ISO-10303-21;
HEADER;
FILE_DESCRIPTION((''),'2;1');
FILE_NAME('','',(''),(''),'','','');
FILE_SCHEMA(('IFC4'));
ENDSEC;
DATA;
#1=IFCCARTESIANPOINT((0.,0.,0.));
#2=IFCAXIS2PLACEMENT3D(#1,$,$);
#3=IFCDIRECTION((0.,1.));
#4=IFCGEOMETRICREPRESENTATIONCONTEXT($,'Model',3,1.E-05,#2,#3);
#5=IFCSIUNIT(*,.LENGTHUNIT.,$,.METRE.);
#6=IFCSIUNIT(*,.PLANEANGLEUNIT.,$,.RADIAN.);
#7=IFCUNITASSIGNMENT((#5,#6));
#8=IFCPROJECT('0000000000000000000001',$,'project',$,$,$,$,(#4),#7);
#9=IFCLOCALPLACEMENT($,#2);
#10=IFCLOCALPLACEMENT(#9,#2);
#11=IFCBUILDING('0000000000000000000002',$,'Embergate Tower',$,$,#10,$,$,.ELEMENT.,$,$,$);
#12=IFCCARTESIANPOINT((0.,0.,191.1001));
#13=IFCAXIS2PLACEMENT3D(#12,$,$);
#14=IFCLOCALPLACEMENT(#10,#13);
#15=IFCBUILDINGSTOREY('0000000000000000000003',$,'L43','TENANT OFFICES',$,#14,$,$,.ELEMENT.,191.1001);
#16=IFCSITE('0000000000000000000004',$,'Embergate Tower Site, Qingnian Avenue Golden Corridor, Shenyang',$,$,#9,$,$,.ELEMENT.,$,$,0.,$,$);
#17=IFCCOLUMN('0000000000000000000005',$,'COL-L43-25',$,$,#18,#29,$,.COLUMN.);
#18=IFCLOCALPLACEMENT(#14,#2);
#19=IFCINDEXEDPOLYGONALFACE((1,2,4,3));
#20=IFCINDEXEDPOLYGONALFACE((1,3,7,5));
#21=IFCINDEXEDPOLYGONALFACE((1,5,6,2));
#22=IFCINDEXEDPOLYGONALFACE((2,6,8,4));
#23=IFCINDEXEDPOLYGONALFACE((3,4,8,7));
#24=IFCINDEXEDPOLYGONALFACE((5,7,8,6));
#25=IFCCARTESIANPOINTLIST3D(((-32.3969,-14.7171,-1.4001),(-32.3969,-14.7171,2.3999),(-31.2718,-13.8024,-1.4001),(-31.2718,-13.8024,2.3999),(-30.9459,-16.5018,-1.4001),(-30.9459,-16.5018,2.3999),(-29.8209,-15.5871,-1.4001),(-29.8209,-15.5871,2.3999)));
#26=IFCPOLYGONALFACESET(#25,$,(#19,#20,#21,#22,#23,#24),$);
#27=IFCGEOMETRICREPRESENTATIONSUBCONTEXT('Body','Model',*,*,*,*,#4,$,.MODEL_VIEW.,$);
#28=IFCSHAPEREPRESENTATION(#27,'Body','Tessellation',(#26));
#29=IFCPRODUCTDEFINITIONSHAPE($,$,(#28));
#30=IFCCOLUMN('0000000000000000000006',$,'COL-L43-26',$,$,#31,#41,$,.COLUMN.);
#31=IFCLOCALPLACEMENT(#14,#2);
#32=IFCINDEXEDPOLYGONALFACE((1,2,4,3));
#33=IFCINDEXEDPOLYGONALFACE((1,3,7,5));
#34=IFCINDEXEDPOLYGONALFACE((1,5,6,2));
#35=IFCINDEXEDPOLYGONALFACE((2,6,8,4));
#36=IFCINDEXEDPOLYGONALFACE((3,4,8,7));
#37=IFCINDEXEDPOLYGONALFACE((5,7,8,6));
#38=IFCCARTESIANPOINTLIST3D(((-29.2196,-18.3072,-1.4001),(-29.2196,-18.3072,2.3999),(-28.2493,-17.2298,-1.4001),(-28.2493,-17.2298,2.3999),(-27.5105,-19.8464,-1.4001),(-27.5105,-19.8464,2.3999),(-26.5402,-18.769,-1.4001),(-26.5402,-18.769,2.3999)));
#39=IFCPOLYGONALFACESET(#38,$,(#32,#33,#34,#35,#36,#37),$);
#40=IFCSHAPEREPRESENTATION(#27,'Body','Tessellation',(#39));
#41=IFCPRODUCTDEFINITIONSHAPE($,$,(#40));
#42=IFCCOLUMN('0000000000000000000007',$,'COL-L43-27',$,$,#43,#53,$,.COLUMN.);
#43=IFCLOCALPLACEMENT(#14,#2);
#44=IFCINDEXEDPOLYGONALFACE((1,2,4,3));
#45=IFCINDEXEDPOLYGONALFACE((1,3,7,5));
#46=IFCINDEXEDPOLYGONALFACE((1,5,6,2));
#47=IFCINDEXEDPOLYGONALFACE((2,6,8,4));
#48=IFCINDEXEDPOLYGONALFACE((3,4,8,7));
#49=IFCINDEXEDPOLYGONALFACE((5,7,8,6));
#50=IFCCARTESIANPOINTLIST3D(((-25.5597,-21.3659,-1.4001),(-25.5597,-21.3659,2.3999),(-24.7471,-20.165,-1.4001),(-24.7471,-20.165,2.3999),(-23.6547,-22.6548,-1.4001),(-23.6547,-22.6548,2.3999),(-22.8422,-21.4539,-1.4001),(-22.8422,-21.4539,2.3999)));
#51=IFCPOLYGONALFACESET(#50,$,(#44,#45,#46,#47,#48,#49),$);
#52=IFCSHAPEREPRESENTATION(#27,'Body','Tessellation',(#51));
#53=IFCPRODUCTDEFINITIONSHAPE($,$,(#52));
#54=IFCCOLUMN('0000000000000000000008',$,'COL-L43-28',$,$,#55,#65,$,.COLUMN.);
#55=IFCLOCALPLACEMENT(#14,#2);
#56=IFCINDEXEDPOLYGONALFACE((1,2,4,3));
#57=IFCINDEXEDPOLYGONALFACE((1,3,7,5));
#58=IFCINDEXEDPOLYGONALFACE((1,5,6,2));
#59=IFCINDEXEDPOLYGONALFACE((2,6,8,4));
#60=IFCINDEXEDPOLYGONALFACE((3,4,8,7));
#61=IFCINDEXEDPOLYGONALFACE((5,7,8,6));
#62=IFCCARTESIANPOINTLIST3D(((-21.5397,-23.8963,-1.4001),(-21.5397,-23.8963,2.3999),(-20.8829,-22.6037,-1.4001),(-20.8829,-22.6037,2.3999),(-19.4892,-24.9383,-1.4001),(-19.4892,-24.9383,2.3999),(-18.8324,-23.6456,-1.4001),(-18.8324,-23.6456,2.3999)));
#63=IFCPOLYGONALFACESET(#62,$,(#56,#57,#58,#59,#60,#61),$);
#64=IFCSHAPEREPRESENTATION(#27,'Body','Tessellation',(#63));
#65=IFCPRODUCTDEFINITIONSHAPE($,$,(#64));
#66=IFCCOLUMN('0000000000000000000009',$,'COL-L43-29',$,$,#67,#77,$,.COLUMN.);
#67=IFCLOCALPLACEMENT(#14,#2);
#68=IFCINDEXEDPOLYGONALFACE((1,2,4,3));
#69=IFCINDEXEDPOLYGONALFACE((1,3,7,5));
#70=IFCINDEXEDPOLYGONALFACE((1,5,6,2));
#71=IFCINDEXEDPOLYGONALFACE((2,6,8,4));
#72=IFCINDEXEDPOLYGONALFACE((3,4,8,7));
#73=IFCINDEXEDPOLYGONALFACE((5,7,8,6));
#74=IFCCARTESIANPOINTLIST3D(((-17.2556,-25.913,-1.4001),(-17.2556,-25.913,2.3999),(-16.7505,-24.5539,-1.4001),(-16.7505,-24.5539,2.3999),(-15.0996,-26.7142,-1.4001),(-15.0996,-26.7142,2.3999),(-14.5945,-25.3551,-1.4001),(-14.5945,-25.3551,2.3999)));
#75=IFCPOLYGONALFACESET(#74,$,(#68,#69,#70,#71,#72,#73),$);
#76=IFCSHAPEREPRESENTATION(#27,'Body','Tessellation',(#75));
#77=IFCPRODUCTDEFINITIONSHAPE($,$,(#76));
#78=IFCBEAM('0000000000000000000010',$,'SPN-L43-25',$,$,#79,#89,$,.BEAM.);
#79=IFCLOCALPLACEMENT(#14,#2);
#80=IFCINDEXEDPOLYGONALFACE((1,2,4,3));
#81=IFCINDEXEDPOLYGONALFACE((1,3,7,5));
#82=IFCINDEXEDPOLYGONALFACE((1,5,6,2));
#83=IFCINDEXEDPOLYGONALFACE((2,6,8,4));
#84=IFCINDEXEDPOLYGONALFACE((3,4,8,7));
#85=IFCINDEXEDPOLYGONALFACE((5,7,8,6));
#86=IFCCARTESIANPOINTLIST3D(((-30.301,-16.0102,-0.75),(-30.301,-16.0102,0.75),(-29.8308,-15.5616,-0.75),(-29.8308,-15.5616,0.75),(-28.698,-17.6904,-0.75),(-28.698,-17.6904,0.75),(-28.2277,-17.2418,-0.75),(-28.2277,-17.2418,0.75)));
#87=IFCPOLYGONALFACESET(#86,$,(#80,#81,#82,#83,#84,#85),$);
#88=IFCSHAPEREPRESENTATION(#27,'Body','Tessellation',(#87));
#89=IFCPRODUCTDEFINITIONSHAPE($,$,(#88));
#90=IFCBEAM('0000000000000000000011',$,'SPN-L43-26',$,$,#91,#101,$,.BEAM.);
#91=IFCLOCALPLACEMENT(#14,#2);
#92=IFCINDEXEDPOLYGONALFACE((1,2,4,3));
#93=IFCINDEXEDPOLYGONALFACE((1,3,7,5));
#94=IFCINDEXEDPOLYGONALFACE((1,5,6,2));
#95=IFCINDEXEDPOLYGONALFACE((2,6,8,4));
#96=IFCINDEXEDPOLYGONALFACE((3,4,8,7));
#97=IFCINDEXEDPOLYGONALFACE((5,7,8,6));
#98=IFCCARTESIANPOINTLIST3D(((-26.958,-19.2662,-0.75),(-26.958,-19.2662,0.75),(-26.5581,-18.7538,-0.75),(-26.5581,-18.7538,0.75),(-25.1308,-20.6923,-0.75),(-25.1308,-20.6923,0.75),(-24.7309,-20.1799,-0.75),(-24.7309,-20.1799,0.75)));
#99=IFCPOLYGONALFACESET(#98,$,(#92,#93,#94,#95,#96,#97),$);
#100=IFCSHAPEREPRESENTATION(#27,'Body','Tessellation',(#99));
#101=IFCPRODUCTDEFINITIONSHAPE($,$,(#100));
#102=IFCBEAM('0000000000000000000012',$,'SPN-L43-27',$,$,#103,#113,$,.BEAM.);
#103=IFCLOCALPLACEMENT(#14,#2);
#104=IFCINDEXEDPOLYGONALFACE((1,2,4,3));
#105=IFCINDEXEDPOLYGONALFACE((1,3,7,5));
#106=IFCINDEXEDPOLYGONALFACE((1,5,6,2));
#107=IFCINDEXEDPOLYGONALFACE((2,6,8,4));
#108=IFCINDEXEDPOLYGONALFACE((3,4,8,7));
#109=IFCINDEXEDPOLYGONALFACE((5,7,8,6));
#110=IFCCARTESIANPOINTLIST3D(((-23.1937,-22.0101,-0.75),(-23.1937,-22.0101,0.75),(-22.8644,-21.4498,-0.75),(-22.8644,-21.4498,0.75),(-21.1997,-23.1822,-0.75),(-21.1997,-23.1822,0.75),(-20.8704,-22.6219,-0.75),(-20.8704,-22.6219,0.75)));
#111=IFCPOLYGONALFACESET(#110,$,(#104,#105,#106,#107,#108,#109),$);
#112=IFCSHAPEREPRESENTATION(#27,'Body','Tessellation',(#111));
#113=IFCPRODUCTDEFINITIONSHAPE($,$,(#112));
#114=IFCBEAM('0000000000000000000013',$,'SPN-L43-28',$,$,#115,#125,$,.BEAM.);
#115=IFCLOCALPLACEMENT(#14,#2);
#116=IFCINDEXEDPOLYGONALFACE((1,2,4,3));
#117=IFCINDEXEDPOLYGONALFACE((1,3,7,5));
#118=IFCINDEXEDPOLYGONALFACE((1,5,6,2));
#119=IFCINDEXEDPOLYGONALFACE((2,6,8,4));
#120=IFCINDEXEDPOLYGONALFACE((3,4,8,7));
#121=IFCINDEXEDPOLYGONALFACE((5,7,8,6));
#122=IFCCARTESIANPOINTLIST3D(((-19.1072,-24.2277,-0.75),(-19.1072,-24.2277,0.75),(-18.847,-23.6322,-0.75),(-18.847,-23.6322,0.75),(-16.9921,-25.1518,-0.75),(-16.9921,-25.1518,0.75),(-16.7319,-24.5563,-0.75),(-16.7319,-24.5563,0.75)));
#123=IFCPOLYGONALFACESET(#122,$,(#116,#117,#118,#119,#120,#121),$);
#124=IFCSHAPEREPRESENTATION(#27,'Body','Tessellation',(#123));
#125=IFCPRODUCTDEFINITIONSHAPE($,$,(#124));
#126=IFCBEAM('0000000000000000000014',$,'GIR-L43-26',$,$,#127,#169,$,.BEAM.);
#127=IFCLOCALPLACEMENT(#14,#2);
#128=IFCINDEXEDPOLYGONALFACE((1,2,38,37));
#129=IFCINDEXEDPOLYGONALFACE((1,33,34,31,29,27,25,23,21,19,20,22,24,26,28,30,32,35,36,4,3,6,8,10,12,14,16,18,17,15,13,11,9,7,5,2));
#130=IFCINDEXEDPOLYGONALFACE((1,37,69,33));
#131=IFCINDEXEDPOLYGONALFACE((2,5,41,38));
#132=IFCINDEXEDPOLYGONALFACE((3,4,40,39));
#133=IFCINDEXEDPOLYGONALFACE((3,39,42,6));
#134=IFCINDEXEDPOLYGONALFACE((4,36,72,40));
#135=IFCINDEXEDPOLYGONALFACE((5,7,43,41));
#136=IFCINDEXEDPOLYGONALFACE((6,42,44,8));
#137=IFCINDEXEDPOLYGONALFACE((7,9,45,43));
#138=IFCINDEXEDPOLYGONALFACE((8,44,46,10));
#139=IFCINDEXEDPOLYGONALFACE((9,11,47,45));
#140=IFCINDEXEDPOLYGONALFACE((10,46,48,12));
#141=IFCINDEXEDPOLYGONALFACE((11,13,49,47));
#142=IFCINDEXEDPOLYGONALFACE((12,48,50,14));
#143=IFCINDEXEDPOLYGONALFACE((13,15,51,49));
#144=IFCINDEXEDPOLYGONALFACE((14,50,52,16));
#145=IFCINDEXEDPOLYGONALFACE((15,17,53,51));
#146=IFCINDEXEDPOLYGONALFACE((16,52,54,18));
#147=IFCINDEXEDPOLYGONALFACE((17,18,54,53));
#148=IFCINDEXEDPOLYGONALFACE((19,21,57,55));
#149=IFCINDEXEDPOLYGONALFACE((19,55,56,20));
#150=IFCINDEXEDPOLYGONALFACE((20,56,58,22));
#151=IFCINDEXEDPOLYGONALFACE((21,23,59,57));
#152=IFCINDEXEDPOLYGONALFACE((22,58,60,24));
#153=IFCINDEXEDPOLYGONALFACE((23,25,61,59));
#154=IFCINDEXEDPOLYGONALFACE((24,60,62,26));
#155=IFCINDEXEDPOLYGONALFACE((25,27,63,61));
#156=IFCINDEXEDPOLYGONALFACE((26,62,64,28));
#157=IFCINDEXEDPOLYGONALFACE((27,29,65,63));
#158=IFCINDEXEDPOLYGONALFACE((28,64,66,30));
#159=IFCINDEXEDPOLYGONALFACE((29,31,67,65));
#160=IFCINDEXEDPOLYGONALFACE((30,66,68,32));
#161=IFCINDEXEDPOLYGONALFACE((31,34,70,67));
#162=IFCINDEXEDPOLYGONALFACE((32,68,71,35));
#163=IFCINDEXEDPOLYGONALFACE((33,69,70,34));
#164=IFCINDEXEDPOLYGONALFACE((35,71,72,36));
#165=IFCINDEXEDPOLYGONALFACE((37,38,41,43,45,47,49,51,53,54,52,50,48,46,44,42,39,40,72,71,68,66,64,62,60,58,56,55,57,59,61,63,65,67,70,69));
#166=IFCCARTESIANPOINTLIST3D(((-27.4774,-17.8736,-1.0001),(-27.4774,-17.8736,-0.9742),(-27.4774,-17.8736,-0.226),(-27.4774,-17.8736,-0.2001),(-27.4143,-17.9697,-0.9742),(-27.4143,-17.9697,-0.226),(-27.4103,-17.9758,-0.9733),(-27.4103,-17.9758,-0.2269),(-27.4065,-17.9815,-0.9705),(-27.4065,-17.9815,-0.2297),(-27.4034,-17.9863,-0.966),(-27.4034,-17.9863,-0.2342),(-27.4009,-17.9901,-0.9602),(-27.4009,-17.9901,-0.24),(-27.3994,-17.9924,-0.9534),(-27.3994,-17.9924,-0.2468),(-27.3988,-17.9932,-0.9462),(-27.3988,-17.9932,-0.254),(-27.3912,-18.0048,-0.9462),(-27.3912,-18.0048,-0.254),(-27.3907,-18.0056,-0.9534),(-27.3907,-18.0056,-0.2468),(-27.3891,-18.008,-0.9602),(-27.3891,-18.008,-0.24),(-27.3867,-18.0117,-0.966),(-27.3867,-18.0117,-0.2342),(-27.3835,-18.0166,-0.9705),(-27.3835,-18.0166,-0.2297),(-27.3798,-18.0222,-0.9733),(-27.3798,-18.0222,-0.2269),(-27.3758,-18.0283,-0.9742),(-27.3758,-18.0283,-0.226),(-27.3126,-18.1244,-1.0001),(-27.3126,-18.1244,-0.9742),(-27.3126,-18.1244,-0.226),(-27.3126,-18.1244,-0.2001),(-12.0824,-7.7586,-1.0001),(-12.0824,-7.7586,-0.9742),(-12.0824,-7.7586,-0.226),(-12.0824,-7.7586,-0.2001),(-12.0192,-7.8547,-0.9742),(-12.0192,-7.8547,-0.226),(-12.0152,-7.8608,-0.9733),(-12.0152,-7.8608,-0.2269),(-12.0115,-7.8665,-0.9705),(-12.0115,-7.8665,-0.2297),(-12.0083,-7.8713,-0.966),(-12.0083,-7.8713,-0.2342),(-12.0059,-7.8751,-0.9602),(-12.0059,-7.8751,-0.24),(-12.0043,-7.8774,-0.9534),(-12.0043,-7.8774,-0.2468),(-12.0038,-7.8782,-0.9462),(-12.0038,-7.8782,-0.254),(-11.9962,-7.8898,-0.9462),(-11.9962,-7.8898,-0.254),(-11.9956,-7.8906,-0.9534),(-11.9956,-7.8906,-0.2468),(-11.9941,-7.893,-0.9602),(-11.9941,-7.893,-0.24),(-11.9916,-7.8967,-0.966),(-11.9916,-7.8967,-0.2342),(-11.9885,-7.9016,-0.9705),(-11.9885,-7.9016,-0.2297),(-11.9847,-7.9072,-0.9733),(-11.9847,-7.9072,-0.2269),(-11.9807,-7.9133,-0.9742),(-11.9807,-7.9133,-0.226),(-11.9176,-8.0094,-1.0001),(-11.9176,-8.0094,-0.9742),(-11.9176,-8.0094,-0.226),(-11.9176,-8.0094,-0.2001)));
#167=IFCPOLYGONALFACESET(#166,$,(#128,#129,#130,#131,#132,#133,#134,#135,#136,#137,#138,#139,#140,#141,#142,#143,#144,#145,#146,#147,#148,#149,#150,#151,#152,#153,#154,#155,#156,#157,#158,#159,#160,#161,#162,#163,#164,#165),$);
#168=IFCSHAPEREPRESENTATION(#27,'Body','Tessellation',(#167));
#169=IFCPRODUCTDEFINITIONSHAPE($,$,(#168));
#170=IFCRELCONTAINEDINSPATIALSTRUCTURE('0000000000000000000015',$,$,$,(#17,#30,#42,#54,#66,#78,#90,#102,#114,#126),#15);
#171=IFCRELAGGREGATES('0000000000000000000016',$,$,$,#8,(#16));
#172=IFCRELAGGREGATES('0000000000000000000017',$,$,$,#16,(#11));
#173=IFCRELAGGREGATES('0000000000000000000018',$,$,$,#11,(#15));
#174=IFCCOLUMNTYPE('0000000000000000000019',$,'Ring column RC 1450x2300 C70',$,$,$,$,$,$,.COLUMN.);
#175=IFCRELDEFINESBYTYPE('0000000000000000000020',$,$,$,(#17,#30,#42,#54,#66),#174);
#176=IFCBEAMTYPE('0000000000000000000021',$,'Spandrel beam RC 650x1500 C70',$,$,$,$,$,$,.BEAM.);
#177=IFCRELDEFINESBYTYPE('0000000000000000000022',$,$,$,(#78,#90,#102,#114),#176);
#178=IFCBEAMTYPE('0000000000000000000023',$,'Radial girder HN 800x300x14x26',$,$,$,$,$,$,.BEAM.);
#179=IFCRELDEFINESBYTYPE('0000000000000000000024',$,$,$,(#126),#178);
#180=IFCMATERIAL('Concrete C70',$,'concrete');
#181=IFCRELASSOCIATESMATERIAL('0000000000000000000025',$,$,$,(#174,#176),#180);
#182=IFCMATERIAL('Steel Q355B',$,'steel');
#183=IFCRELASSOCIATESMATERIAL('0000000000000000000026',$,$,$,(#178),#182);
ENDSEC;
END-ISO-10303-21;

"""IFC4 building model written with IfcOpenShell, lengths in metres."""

from ifc_helpers import new_model, si_unit, direction, frame, origin, origin_2d, place, context, subcontext, project, spatial, rectangle, i_section, extrude, source, transform, mapped, material, material_profile, profile_set, type_object, element, save


model = new_model("IFC4")

# Units and contexts
model_context = context("Model", 3, precision=1e-05, world=origin(), true_north=direction((0.0, 1.0)))
body_context = subcontext(model_context, "Body", "Model", "MODEL_VIEW")
ifc_project = project(units=[si_unit("LENGTHUNIT", "METRE"), si_unit("PLANEANGLEUNIT", "RADIAN")], contexts=[model_context])

# Site, building, storey
site_placement = place(None, origin())
site = spatial("IfcSite", under=ifc_project, at=site_placement, Name="Embergate Tower Site, Qingnian Avenue Golden Corridor, Shenyang", CompositionType="ELEMENT", RefElevation=0.0)
building_placement = place(site_placement, origin())
building = spatial("IfcBuilding", under=site, at=building_placement, Name="Embergate Tower", CompositionType="ELEMENT")
storey_placement = place(building_placement, frame((0.0, 0.0, 191.1001)))
storey = spatial("IfcBuildingStorey", under=building, at=storey_placement, Name="L43", Description="TENANT OFFICES", CompositionType="ELEMENT", Elevation=191.1001)

# Columns
ifc_material_1 = material(Name="Concrete C70", Category="concrete")
ifc_material_profile_1 = material_profile(ifc_material_1, rectangle(XDim=1.45, YDim=2.3, at=origin_2d()), Name="RC 1450x2300")
ifc_profile_set_1 = profile_set([ifc_material_profile_1], Name="Concrete C70")
column_type = type_object("IfcColumnType", Name="Ring column RC 1450x2300 C70", PredefinedType="COLUMN", material=ifc_profile_set_1)
shared_shape_1 = source(origin(), body_context, "Body", "SweptSolid", [
    extrude(rectangle(XDim=1.45, YDim=2.3, at=origin_2d()), origin(), (0.0, 0.0, 1.0), 3.8),
])
for number, where, z_axis, x_axis, name in (
    (1, (-31.1089, -15.1521, -1.4001), (0.0, 0.0, 1.0), (-0.775925, -0.630825, 0.0), "COL-L43-25"),
    (2, (-27.8799, -18.5381, -1.4001), (0.0, 0.0, 1.0), (-0.669208, -0.743075, 0.0), "COL-L43-26"),
    (3, (-24.2009, -21.4099, -1.4001), (0.0, 0.0, 1.0), (-0.560393, -0.828227, 0.0), "COL-L43-27"),
    (4, (-20.186, -23.771, -1.4001), (0.0, 0.0, 1.0), (-0.453011, -0.891505, 0.0), "COL-L43-28"),
    (5, (-15.925, -25.634, -1.4001), (0.0, 0.0, 1.0), (-0.348343, -0.937367, 0.0), "COL-L43-29"),
):
    element("IfcColumn", number, at=place(storey_placement, frame(where, z_axis=z_axis, x_axis=x_axis)), inside=storey, type_object=column_type, Name=name, PredefinedType="COLUMN", context=body_context, shape_type="MappedRepresentation", body=[
        mapped(shared_shape_1, transform((0.0, 0.0, 0.0))),
    ])

# Beams
ifc_material_profile_2 = material_profile(ifc_material_1, rectangle(XDim=0.6499, YDim=1.5, at=origin_2d()), Name="RC 650x1500")
ifc_profile_set_2 = profile_set([ifc_material_profile_2], Name="Concrete C70")
beam_type_1 = type_object("IfcBeamType", Name="Spandrel beam RC 650x1500 C70", PredefinedType="BEAM", material=ifc_profile_set_2)
shared_shape_2 = source(origin(), body_context, "Body", "SweptSolid", [
    extrude(rectangle(XDim=0.6499, YDim=1.5, at=origin_2d()), origin(), (0.0, 0.0, 1.0), 2.3223),
])
beam_1_placement = place(storey_placement, frame((-30.0659, -15.7859, 0.0), z_axis=(0.690301, -0.723523, 0.0), x_axis=(0.723523, 0.690301, 0.0)))
element("IfcBeam", 6, at=beam_1_placement, inside=storey, type_object=beam_type_1, Name="SPN-L43-25", PredefinedType="BEAM", context=body_context, shape_type="MappedRepresentation", body=[
    mapped(shared_shape_2, transform((0.0, 0.0, 0.0))),
])
shared_shape_3 = source(origin(), body_context, "Body", "SweptSolid", [
    extrude(rectangle(XDim=0.6499, YDim=1.5, at=origin_2d()), origin(), (0.0, 0.0, 1.0), 2.3179),
])
beam_2_placement = place(storey_placement, frame((-26.7581, -19.01, 0.0), z_axis=(0.788325, -0.61526, 0.0), x_axis=(0.61526, 0.788325, 0.0)))
element("IfcBeam", 7, at=beam_2_placement, inside=storey, type_object=beam_type_1, Name="SPN-L43-26", PredefinedType="BEAM", context=body_context, shape_type="MappedRepresentation", body=[
    mapped(shared_shape_3, transform((0.0, 0.0, 0.0))),
])
shared_shape_4 = source(origin(), body_context, "Body", "SweptSolid", [
    extrude(rectangle(XDim=0.6499, YDim=1.5, at=origin_2d()), origin(), (0.0, 0.0, 1.0), 2.313),
])
beam_3_placement = place(storey_placement, frame((-23.0291, -21.73, 0.0), z_axis=(0.862105, -0.50673, 0.0), x_axis=(0.50673, 0.862105, 0.0)))
element("IfcBeam", 8, at=beam_3_placement, inside=storey, type_object=beam_type_1, Name="SPN-L43-27", PredefinedType="BEAM", context=body_context, shape_type="MappedRepresentation", body=[
    mapped(shared_shape_4, transform((0.0, 0.0, 0.0))),
])
shared_shape_5 = source(origin(), body_context, "Body", "SweptSolid", [
    extrude(rectangle(XDim=0.6499, YDim=1.5, at=origin_2d()), origin(), (0.0, 0.0, 1.0), 2.3081),
])
beam_4_placement = place(storey_placement, frame((-18.9771, -23.9299, 0.0), z_axis=(0.916354, -0.400369, 0.0), x_axis=(0.400369, 0.916354, 0.0)))
element("IfcBeam", 9, at=beam_4_placement, inside=storey, type_object=beam_type_1, Name="SPN-L43-28", PredefinedType="BEAM", context=body_context, shape_type="MappedRepresentation", body=[
    mapped(shared_shape_5, transform((0.0, 0.0, 0.0))),
])
ifc_material_2 = material(Name="Steel Q355B", Category="steel")
ifc_material_profile_3 = material_profile(ifc_material_2, i_section(OverallWidth=0.3, OverallDepth=0.8, WebThickness=0.0139, FlangeThickness=0.0259, FilletRadius=0.0281, at=origin_2d()), Name="HN 800x300x14x26")
ifc_profile_set_3 = profile_set([ifc_material_profile_3], Name="Steel Q355 grade B")
beam_type_2 = type_object("IfcBeamType", Name="Radial girder HN 800x300x14x26", PredefinedType="BEAM", material=ifc_profile_set_3)
shared_shape_6 = source(origin(), body_context, "Body", "SweptSolid", [
    extrude(i_section(OverallWidth=0.3, OverallDepth=0.8, WebThickness=0.0139, FlangeThickness=0.0259, FilletRadius=0.0281, at=origin_2d()), origin(), (0.0, 0.0, 1.0), 18.4207),
])
beam_5_placement = place(storey_placement, frame((-27.395, -17.999, -0.6001), z_axis=(0.835749, 0.549112, 0.0), x_axis=(-0.549112, 0.835749, 0.0)))
element("IfcBeam", 10, at=beam_5_placement, inside=storey, type_object=beam_type_2, Name="GIR-L43-26", PredefinedType="BEAM", context=body_context, shape_type="MappedRepresentation", body=[
    mapped(shared_shape_6, transform((0.0, 0.0, 0.0))),
])

save(model, "model.ifc")
